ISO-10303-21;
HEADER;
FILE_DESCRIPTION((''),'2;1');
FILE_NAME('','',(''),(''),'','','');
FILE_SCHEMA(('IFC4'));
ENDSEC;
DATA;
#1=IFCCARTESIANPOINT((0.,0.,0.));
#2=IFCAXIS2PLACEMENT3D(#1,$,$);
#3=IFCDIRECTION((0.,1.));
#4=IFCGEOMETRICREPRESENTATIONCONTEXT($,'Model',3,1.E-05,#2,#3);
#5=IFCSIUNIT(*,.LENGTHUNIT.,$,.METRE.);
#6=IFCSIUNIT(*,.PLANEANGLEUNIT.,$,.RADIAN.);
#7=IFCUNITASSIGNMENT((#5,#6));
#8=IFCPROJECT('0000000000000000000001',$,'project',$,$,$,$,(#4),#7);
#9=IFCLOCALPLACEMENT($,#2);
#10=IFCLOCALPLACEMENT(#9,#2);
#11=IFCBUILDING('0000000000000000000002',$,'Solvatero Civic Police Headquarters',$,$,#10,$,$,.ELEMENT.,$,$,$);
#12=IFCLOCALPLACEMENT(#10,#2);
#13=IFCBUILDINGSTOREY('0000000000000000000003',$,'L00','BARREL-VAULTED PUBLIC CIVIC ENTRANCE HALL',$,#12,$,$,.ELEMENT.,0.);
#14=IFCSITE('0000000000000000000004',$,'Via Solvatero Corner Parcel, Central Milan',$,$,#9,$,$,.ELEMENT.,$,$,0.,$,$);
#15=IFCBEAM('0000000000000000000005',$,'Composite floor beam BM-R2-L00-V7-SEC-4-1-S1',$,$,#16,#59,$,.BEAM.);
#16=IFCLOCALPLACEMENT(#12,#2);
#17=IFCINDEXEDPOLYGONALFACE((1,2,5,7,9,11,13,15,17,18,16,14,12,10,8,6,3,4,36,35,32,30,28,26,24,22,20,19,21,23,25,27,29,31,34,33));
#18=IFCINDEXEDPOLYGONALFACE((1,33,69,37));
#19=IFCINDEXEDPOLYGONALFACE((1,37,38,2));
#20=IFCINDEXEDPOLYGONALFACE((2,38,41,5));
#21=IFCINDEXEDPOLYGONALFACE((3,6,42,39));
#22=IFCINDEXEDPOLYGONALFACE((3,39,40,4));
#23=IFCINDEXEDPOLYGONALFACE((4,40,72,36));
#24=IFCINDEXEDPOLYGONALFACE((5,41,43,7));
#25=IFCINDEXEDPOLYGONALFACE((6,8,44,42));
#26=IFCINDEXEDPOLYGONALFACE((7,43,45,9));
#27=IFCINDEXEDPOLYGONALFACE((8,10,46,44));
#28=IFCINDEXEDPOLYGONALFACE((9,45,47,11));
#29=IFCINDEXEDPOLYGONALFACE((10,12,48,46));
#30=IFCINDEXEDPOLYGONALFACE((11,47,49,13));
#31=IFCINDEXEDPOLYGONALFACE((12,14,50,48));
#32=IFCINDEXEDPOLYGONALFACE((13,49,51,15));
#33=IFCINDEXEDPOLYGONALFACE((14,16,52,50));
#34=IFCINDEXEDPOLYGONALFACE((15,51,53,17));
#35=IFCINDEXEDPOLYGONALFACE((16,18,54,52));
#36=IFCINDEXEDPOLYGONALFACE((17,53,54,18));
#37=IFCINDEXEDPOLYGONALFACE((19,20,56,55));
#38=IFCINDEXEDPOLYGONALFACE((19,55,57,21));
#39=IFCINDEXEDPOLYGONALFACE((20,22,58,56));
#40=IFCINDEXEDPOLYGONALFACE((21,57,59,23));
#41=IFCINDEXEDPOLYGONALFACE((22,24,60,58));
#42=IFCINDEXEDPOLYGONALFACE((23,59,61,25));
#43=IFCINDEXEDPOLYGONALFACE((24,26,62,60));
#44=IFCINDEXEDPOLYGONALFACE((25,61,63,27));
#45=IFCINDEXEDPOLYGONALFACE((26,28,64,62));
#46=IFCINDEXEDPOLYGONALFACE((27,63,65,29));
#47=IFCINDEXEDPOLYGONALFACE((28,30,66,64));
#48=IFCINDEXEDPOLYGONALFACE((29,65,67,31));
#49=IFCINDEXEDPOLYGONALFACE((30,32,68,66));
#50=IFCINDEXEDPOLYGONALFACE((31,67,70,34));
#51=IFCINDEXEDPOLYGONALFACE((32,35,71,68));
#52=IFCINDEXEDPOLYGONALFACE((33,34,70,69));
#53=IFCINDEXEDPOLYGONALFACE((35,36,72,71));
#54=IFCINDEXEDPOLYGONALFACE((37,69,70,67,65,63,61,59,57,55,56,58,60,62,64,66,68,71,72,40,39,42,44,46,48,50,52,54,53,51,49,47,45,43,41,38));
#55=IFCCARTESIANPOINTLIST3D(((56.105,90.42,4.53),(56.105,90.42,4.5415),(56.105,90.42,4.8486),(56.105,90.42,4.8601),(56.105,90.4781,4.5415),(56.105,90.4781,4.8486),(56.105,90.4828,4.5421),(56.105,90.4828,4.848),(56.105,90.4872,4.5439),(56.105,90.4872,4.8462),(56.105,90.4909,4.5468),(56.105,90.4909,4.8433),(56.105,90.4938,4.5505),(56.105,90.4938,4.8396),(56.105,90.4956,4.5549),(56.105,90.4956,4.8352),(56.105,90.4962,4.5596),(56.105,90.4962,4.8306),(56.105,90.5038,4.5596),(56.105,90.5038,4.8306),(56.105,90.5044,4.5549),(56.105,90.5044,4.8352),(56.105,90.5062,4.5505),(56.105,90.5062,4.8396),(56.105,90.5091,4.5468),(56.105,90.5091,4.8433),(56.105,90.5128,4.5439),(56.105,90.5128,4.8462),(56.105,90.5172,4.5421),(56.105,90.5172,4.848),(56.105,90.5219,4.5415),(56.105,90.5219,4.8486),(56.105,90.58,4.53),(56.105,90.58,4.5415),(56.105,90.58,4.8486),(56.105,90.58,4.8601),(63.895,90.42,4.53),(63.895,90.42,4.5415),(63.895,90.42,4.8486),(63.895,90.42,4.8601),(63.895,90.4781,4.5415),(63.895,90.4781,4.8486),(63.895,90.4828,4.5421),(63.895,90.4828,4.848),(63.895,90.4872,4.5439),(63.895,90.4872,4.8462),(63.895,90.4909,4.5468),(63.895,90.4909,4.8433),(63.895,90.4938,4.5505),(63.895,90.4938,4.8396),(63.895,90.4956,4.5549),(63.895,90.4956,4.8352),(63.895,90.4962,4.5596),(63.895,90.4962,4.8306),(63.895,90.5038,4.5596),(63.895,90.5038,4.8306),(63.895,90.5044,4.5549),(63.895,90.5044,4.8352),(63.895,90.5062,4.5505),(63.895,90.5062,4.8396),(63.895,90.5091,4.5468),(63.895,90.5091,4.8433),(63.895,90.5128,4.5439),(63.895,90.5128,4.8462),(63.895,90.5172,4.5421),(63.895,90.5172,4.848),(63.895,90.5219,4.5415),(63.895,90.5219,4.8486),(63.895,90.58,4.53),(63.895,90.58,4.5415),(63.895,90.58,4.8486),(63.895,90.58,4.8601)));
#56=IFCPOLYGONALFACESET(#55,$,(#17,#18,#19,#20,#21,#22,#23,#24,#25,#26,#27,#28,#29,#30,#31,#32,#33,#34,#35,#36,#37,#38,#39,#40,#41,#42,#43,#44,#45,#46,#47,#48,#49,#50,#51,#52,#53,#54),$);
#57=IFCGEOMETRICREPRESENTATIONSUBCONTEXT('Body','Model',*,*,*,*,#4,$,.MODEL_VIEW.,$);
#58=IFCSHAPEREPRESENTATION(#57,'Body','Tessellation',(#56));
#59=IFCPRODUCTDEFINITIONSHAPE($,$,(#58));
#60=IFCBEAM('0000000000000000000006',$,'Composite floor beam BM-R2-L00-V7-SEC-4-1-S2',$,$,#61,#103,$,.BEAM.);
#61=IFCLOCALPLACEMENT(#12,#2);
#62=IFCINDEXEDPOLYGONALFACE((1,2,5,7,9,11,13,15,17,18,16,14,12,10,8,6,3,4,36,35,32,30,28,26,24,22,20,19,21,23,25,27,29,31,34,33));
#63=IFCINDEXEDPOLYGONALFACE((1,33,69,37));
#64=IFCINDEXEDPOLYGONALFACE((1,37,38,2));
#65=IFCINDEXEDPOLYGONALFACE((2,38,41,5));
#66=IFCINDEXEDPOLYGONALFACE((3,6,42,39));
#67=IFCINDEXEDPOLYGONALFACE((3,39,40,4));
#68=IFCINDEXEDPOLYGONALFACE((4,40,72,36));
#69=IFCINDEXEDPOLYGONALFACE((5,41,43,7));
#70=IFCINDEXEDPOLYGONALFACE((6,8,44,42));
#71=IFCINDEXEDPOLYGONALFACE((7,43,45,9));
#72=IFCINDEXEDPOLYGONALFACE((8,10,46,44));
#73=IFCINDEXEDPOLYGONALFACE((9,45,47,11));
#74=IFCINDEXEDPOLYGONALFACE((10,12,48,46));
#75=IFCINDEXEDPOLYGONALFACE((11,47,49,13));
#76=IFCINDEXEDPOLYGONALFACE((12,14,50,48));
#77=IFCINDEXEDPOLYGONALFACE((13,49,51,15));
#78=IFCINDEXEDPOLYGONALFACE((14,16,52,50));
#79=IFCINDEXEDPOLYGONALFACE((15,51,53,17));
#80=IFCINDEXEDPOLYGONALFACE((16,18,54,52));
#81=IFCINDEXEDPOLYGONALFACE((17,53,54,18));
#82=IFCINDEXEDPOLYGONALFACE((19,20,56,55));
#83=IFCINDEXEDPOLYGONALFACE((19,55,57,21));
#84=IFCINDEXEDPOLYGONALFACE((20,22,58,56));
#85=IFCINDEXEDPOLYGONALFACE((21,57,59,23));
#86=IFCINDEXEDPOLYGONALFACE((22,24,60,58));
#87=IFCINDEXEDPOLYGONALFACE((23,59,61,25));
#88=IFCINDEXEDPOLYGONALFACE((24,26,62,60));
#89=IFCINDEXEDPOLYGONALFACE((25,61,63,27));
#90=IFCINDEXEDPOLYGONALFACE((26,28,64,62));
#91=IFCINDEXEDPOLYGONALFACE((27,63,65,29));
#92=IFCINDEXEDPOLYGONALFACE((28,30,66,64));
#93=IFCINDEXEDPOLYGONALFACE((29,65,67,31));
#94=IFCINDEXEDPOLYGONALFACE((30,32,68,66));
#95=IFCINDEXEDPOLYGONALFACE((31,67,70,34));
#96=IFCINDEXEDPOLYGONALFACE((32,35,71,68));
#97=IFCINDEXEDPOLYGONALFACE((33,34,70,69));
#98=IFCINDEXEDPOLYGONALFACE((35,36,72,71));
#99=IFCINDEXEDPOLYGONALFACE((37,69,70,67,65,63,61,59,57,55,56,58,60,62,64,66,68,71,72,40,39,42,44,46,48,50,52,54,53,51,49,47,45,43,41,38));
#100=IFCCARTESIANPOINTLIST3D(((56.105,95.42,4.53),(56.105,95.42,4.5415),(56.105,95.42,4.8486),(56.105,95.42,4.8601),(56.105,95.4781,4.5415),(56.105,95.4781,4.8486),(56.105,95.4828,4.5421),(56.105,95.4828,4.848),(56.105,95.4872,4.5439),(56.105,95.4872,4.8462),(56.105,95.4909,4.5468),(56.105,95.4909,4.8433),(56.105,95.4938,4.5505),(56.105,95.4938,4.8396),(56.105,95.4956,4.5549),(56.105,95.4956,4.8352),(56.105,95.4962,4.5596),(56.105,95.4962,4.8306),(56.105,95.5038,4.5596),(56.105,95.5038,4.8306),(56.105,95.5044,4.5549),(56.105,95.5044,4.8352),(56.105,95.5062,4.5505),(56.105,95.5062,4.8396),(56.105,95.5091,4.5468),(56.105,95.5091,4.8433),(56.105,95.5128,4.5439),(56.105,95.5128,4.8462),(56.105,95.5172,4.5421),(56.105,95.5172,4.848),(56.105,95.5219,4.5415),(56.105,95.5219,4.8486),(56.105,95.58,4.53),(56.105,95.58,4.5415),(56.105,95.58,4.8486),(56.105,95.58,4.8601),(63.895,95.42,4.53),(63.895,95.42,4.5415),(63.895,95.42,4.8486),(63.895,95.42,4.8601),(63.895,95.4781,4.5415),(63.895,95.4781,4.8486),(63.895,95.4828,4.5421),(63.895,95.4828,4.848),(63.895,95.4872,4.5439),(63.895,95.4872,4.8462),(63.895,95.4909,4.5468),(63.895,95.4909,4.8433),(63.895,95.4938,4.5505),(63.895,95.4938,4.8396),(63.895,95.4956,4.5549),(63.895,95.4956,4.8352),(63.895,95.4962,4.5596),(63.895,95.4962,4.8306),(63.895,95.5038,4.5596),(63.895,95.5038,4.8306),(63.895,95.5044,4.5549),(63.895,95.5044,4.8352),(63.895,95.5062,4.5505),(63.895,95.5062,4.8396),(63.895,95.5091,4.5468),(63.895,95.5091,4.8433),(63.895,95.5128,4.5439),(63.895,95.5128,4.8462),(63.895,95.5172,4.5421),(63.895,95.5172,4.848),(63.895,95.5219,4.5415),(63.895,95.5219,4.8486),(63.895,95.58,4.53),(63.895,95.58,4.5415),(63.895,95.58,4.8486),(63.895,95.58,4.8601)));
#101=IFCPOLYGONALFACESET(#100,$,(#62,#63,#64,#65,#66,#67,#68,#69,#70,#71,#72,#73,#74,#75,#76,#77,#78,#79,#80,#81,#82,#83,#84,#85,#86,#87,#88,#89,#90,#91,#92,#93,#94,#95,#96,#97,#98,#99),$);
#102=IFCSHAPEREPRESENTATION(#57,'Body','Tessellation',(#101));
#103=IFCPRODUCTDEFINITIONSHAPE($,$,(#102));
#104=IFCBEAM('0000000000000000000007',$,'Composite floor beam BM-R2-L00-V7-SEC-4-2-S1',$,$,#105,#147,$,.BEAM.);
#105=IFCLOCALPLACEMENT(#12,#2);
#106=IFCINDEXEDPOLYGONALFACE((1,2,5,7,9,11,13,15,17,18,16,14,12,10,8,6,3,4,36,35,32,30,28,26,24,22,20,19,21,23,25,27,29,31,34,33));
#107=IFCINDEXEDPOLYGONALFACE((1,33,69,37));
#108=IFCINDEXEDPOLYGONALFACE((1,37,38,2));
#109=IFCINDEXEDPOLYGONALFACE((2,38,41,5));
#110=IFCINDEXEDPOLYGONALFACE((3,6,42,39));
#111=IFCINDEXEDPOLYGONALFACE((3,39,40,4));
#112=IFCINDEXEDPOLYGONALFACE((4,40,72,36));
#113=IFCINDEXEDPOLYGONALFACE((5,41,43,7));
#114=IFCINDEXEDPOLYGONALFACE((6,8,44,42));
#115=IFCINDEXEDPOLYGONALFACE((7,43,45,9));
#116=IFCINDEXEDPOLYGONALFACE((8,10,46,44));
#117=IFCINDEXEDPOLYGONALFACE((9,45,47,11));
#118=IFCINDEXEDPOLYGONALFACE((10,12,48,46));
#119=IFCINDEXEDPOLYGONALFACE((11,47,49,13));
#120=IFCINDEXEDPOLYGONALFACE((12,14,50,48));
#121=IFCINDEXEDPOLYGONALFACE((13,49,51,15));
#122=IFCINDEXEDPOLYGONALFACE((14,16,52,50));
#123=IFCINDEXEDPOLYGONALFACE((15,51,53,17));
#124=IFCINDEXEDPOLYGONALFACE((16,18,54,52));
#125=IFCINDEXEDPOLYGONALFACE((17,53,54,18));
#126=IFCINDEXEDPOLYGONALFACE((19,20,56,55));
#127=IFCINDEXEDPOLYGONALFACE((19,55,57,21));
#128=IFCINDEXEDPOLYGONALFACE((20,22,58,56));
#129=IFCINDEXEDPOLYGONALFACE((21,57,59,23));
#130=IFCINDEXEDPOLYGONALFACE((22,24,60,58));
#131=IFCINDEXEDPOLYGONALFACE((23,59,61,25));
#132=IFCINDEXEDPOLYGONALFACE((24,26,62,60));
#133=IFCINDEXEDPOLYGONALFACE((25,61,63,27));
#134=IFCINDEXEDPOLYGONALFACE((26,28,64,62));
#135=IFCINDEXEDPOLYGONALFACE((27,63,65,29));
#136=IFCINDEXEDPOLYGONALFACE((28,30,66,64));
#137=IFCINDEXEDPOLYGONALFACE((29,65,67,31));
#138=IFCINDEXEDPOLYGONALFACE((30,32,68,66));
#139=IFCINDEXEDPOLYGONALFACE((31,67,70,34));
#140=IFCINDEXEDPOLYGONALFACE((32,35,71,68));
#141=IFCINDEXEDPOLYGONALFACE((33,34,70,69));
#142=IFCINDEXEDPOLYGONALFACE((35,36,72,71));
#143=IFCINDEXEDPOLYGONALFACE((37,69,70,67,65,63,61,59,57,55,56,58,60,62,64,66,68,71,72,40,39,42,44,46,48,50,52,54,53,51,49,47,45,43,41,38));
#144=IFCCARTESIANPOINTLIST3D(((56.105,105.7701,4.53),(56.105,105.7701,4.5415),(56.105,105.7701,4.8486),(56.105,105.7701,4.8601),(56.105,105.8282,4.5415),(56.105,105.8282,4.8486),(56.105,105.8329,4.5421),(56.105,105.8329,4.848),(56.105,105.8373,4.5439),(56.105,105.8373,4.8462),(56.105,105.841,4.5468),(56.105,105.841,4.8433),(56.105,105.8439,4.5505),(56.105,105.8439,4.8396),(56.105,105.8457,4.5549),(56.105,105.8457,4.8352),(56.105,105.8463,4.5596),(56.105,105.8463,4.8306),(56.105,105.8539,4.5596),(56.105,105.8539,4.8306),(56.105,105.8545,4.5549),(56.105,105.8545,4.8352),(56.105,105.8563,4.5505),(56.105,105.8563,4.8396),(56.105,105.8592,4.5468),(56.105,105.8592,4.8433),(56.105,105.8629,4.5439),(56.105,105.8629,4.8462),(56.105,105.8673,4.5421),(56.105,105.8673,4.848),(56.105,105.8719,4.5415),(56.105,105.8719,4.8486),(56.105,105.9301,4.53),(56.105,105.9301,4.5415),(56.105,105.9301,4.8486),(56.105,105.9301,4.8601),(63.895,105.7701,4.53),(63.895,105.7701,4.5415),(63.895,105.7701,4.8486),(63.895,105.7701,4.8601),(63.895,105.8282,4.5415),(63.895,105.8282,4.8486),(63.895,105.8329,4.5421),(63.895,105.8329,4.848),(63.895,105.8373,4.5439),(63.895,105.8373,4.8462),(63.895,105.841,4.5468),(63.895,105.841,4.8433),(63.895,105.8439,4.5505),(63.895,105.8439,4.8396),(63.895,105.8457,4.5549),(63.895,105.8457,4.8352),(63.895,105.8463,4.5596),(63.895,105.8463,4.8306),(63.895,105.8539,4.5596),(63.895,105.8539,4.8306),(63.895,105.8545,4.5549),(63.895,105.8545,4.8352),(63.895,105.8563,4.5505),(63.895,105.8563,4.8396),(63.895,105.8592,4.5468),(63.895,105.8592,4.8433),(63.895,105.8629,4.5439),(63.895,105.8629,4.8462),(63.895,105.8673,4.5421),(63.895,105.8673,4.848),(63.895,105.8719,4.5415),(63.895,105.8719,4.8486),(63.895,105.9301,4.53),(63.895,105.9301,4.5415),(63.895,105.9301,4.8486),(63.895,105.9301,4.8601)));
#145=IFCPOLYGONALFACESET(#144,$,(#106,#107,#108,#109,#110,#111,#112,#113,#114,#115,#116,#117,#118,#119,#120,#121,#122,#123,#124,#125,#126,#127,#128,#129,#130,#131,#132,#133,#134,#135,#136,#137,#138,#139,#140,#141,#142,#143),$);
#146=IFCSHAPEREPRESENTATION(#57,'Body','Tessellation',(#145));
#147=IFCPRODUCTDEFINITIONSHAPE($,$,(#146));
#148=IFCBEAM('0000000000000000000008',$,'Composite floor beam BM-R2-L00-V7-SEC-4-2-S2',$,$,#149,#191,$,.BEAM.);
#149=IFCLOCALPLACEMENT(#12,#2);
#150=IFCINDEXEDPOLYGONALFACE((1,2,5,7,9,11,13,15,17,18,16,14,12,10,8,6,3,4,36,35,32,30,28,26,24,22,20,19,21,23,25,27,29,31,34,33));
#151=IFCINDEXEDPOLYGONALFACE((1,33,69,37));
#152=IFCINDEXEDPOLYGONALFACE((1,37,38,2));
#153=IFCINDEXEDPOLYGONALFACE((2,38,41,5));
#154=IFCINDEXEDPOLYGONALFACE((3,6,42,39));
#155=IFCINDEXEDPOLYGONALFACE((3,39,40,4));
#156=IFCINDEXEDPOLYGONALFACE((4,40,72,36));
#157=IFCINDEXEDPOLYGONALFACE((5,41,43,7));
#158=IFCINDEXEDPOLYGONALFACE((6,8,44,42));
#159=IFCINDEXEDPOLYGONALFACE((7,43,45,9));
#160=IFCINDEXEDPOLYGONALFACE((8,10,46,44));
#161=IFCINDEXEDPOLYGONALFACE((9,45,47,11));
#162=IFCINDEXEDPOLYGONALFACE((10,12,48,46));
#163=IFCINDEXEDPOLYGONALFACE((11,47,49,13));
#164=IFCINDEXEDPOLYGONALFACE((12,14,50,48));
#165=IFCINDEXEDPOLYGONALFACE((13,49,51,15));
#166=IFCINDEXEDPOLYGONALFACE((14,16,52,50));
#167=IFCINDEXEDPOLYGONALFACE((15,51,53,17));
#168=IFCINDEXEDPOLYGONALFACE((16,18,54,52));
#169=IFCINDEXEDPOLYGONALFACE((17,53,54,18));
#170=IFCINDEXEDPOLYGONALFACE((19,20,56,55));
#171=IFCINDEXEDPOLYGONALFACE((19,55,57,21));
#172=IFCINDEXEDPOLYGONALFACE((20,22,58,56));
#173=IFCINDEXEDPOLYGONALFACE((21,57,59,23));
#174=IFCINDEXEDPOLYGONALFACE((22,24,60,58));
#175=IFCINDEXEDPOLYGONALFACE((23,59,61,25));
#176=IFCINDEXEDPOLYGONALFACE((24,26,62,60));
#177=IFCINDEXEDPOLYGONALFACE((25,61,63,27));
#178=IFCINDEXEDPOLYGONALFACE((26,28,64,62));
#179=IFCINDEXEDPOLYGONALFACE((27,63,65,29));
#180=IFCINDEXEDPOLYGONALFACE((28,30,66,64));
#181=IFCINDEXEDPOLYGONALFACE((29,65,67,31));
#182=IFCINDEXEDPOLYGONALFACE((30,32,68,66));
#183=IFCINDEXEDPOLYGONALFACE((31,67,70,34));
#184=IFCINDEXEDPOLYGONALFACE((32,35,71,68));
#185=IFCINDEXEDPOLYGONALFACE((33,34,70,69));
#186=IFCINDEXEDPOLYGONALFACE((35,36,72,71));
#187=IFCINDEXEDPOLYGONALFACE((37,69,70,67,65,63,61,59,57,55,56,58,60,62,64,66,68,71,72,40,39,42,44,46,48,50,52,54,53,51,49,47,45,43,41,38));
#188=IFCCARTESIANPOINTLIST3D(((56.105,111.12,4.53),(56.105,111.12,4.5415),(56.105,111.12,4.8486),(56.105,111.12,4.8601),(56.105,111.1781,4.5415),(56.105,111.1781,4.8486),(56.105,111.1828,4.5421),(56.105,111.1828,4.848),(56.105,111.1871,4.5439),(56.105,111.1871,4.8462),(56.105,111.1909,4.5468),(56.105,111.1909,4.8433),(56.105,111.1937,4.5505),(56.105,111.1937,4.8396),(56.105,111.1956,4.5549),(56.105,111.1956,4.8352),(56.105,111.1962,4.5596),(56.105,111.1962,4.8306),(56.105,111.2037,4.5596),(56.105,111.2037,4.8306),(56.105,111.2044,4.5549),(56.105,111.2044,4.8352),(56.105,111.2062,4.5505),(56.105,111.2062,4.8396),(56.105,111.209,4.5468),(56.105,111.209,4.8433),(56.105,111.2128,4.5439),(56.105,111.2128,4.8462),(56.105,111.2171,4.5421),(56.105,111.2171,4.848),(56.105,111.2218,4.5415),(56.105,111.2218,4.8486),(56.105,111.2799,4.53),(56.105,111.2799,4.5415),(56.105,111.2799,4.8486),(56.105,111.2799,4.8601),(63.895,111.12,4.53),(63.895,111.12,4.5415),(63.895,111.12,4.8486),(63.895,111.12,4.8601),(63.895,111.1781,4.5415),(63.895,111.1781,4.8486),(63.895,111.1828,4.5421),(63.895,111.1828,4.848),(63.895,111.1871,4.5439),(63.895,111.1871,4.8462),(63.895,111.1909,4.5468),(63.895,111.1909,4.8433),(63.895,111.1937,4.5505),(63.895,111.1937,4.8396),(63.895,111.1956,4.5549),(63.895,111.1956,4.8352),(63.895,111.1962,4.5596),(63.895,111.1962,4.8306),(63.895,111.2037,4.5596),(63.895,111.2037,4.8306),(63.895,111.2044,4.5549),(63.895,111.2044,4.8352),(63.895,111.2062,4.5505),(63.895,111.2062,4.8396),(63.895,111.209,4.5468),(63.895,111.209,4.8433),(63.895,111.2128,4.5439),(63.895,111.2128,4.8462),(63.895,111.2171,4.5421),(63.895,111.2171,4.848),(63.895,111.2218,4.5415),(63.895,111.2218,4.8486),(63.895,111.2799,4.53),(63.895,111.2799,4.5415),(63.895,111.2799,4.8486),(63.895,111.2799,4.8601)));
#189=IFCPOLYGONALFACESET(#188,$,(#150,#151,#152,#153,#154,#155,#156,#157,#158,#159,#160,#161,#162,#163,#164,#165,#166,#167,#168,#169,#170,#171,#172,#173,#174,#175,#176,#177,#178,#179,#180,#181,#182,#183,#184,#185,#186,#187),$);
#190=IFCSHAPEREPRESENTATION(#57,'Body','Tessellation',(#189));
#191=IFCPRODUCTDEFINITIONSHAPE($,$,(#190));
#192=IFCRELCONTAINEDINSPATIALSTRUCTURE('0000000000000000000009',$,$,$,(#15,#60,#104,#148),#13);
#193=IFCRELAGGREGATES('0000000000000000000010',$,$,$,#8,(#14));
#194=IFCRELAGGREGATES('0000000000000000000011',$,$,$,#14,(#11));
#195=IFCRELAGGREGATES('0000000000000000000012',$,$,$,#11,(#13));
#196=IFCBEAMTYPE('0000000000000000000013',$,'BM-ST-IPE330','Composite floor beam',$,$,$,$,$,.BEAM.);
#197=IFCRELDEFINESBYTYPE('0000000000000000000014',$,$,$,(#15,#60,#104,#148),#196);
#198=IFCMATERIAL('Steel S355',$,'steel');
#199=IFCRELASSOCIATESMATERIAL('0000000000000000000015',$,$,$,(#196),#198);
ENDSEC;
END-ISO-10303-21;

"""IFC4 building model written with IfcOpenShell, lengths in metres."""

from ifc_helpers import new_model, si_unit, direction, frame, origin, origin_2d, place, context, subcontext, project, spatial, i_section, extrude, material, material_profile, profile_set, type_object, element, save


model = new_model("IFC4")

# Units and contexts
model_context = context("Model", 3, precision=1e-05, world=origin(), true_north=direction((0.0, 1.0)))
body_context = subcontext(model_context, "Body", "Model", "MODEL_VIEW")
ifc_project = project(units=[si_unit("LENGTHUNIT", "METRE"), si_unit("PLANEANGLEUNIT", "RADIAN")], contexts=[model_context])

# Site, building, storey
site_placement = place(None, origin())
site = spatial("IfcSite", under=ifc_project, at=site_placement, Name="Via Solvatero Corner Parcel, Central Milan", CompositionType="ELEMENT", RefElevation=0.0)
building_placement = place(site_placement, origin())
building = spatial("IfcBuilding", under=site, at=building_placement, Name="Solvatero Civic Police Headquarters", CompositionType="ELEMENT")
storey_placement = place(building_placement, origin())
storey = spatial("IfcBuildingStorey", under=building, at=storey_placement, Name="L00", Description="BARREL-VAULTED PUBLIC CIVIC ENTRANCE HALL", CompositionType="ELEMENT", Elevation=0.0)

# Beams
ifc_material_1 = material(Name="Steel S355", Category="steel")
ifc_material_profile_1 = material_profile(ifc_material_1, i_section(OverallWidth=0.1599, OverallDepth=0.3301, WebThickness=0.0076, FlangeThickness=0.0115, FilletRadius=0.0181, at=origin_2d()), Name="IPE 330")
ifc_profile_set_1 = profile_set([ifc_material_profile_1], Name="Steel S355")
beam_type_1 = type_object("IfcBeamType", Name="BM-ST-IPE330", Description="Composite floor beam", PredefinedType="BEAM", material=ifc_profile_set_1)
for number, where, z_axis, x_axis, name in (
    (1, (56.105, 90.5, 4.6951), (1.0, 0.0, 0.0), (0.0, 1.0, 0.0), "Composite floor beam BM-R2-L00-V7-SEC-4-1-S1"),
    (2, (56.105, 95.5, 4.6951), (1.0, 0.0, 0.0), (0.0, 1.0, 0.0), "Composite floor beam BM-R2-L00-V7-SEC-4-1-S2"),
    (3, (56.105, 105.8501, 4.6951), (1.0, 0.0, 0.0), (0.0, 1.0, 0.0), "Composite floor beam BM-R2-L00-V7-SEC-4-2-S1"),
    (4, (56.105, 111.2, 4.6951), (1.0, 0.0, 0.0), (0.0, 1.0, 0.0), "Composite floor beam BM-R2-L00-V7-SEC-4-2-S2"),
):
    element("IfcBeam", number, at=place(storey_placement, frame(where, z_axis=z_axis, x_axis=x_axis)), inside=storey, type_object=beam_type_1, Name=name, PredefinedType="BEAM", context=body_context, shape_type="SweptSolid", body=[
        extrude(i_section(OverallWidth=0.1599, OverallDepth=0.3301, WebThickness=0.0076, FlangeThickness=0.0115, FilletRadius=0.0181, at=origin_2d()), origin(), (0.0, 0.0, 1.0), 7.79),
    ])

save(model, "model.ifc")
